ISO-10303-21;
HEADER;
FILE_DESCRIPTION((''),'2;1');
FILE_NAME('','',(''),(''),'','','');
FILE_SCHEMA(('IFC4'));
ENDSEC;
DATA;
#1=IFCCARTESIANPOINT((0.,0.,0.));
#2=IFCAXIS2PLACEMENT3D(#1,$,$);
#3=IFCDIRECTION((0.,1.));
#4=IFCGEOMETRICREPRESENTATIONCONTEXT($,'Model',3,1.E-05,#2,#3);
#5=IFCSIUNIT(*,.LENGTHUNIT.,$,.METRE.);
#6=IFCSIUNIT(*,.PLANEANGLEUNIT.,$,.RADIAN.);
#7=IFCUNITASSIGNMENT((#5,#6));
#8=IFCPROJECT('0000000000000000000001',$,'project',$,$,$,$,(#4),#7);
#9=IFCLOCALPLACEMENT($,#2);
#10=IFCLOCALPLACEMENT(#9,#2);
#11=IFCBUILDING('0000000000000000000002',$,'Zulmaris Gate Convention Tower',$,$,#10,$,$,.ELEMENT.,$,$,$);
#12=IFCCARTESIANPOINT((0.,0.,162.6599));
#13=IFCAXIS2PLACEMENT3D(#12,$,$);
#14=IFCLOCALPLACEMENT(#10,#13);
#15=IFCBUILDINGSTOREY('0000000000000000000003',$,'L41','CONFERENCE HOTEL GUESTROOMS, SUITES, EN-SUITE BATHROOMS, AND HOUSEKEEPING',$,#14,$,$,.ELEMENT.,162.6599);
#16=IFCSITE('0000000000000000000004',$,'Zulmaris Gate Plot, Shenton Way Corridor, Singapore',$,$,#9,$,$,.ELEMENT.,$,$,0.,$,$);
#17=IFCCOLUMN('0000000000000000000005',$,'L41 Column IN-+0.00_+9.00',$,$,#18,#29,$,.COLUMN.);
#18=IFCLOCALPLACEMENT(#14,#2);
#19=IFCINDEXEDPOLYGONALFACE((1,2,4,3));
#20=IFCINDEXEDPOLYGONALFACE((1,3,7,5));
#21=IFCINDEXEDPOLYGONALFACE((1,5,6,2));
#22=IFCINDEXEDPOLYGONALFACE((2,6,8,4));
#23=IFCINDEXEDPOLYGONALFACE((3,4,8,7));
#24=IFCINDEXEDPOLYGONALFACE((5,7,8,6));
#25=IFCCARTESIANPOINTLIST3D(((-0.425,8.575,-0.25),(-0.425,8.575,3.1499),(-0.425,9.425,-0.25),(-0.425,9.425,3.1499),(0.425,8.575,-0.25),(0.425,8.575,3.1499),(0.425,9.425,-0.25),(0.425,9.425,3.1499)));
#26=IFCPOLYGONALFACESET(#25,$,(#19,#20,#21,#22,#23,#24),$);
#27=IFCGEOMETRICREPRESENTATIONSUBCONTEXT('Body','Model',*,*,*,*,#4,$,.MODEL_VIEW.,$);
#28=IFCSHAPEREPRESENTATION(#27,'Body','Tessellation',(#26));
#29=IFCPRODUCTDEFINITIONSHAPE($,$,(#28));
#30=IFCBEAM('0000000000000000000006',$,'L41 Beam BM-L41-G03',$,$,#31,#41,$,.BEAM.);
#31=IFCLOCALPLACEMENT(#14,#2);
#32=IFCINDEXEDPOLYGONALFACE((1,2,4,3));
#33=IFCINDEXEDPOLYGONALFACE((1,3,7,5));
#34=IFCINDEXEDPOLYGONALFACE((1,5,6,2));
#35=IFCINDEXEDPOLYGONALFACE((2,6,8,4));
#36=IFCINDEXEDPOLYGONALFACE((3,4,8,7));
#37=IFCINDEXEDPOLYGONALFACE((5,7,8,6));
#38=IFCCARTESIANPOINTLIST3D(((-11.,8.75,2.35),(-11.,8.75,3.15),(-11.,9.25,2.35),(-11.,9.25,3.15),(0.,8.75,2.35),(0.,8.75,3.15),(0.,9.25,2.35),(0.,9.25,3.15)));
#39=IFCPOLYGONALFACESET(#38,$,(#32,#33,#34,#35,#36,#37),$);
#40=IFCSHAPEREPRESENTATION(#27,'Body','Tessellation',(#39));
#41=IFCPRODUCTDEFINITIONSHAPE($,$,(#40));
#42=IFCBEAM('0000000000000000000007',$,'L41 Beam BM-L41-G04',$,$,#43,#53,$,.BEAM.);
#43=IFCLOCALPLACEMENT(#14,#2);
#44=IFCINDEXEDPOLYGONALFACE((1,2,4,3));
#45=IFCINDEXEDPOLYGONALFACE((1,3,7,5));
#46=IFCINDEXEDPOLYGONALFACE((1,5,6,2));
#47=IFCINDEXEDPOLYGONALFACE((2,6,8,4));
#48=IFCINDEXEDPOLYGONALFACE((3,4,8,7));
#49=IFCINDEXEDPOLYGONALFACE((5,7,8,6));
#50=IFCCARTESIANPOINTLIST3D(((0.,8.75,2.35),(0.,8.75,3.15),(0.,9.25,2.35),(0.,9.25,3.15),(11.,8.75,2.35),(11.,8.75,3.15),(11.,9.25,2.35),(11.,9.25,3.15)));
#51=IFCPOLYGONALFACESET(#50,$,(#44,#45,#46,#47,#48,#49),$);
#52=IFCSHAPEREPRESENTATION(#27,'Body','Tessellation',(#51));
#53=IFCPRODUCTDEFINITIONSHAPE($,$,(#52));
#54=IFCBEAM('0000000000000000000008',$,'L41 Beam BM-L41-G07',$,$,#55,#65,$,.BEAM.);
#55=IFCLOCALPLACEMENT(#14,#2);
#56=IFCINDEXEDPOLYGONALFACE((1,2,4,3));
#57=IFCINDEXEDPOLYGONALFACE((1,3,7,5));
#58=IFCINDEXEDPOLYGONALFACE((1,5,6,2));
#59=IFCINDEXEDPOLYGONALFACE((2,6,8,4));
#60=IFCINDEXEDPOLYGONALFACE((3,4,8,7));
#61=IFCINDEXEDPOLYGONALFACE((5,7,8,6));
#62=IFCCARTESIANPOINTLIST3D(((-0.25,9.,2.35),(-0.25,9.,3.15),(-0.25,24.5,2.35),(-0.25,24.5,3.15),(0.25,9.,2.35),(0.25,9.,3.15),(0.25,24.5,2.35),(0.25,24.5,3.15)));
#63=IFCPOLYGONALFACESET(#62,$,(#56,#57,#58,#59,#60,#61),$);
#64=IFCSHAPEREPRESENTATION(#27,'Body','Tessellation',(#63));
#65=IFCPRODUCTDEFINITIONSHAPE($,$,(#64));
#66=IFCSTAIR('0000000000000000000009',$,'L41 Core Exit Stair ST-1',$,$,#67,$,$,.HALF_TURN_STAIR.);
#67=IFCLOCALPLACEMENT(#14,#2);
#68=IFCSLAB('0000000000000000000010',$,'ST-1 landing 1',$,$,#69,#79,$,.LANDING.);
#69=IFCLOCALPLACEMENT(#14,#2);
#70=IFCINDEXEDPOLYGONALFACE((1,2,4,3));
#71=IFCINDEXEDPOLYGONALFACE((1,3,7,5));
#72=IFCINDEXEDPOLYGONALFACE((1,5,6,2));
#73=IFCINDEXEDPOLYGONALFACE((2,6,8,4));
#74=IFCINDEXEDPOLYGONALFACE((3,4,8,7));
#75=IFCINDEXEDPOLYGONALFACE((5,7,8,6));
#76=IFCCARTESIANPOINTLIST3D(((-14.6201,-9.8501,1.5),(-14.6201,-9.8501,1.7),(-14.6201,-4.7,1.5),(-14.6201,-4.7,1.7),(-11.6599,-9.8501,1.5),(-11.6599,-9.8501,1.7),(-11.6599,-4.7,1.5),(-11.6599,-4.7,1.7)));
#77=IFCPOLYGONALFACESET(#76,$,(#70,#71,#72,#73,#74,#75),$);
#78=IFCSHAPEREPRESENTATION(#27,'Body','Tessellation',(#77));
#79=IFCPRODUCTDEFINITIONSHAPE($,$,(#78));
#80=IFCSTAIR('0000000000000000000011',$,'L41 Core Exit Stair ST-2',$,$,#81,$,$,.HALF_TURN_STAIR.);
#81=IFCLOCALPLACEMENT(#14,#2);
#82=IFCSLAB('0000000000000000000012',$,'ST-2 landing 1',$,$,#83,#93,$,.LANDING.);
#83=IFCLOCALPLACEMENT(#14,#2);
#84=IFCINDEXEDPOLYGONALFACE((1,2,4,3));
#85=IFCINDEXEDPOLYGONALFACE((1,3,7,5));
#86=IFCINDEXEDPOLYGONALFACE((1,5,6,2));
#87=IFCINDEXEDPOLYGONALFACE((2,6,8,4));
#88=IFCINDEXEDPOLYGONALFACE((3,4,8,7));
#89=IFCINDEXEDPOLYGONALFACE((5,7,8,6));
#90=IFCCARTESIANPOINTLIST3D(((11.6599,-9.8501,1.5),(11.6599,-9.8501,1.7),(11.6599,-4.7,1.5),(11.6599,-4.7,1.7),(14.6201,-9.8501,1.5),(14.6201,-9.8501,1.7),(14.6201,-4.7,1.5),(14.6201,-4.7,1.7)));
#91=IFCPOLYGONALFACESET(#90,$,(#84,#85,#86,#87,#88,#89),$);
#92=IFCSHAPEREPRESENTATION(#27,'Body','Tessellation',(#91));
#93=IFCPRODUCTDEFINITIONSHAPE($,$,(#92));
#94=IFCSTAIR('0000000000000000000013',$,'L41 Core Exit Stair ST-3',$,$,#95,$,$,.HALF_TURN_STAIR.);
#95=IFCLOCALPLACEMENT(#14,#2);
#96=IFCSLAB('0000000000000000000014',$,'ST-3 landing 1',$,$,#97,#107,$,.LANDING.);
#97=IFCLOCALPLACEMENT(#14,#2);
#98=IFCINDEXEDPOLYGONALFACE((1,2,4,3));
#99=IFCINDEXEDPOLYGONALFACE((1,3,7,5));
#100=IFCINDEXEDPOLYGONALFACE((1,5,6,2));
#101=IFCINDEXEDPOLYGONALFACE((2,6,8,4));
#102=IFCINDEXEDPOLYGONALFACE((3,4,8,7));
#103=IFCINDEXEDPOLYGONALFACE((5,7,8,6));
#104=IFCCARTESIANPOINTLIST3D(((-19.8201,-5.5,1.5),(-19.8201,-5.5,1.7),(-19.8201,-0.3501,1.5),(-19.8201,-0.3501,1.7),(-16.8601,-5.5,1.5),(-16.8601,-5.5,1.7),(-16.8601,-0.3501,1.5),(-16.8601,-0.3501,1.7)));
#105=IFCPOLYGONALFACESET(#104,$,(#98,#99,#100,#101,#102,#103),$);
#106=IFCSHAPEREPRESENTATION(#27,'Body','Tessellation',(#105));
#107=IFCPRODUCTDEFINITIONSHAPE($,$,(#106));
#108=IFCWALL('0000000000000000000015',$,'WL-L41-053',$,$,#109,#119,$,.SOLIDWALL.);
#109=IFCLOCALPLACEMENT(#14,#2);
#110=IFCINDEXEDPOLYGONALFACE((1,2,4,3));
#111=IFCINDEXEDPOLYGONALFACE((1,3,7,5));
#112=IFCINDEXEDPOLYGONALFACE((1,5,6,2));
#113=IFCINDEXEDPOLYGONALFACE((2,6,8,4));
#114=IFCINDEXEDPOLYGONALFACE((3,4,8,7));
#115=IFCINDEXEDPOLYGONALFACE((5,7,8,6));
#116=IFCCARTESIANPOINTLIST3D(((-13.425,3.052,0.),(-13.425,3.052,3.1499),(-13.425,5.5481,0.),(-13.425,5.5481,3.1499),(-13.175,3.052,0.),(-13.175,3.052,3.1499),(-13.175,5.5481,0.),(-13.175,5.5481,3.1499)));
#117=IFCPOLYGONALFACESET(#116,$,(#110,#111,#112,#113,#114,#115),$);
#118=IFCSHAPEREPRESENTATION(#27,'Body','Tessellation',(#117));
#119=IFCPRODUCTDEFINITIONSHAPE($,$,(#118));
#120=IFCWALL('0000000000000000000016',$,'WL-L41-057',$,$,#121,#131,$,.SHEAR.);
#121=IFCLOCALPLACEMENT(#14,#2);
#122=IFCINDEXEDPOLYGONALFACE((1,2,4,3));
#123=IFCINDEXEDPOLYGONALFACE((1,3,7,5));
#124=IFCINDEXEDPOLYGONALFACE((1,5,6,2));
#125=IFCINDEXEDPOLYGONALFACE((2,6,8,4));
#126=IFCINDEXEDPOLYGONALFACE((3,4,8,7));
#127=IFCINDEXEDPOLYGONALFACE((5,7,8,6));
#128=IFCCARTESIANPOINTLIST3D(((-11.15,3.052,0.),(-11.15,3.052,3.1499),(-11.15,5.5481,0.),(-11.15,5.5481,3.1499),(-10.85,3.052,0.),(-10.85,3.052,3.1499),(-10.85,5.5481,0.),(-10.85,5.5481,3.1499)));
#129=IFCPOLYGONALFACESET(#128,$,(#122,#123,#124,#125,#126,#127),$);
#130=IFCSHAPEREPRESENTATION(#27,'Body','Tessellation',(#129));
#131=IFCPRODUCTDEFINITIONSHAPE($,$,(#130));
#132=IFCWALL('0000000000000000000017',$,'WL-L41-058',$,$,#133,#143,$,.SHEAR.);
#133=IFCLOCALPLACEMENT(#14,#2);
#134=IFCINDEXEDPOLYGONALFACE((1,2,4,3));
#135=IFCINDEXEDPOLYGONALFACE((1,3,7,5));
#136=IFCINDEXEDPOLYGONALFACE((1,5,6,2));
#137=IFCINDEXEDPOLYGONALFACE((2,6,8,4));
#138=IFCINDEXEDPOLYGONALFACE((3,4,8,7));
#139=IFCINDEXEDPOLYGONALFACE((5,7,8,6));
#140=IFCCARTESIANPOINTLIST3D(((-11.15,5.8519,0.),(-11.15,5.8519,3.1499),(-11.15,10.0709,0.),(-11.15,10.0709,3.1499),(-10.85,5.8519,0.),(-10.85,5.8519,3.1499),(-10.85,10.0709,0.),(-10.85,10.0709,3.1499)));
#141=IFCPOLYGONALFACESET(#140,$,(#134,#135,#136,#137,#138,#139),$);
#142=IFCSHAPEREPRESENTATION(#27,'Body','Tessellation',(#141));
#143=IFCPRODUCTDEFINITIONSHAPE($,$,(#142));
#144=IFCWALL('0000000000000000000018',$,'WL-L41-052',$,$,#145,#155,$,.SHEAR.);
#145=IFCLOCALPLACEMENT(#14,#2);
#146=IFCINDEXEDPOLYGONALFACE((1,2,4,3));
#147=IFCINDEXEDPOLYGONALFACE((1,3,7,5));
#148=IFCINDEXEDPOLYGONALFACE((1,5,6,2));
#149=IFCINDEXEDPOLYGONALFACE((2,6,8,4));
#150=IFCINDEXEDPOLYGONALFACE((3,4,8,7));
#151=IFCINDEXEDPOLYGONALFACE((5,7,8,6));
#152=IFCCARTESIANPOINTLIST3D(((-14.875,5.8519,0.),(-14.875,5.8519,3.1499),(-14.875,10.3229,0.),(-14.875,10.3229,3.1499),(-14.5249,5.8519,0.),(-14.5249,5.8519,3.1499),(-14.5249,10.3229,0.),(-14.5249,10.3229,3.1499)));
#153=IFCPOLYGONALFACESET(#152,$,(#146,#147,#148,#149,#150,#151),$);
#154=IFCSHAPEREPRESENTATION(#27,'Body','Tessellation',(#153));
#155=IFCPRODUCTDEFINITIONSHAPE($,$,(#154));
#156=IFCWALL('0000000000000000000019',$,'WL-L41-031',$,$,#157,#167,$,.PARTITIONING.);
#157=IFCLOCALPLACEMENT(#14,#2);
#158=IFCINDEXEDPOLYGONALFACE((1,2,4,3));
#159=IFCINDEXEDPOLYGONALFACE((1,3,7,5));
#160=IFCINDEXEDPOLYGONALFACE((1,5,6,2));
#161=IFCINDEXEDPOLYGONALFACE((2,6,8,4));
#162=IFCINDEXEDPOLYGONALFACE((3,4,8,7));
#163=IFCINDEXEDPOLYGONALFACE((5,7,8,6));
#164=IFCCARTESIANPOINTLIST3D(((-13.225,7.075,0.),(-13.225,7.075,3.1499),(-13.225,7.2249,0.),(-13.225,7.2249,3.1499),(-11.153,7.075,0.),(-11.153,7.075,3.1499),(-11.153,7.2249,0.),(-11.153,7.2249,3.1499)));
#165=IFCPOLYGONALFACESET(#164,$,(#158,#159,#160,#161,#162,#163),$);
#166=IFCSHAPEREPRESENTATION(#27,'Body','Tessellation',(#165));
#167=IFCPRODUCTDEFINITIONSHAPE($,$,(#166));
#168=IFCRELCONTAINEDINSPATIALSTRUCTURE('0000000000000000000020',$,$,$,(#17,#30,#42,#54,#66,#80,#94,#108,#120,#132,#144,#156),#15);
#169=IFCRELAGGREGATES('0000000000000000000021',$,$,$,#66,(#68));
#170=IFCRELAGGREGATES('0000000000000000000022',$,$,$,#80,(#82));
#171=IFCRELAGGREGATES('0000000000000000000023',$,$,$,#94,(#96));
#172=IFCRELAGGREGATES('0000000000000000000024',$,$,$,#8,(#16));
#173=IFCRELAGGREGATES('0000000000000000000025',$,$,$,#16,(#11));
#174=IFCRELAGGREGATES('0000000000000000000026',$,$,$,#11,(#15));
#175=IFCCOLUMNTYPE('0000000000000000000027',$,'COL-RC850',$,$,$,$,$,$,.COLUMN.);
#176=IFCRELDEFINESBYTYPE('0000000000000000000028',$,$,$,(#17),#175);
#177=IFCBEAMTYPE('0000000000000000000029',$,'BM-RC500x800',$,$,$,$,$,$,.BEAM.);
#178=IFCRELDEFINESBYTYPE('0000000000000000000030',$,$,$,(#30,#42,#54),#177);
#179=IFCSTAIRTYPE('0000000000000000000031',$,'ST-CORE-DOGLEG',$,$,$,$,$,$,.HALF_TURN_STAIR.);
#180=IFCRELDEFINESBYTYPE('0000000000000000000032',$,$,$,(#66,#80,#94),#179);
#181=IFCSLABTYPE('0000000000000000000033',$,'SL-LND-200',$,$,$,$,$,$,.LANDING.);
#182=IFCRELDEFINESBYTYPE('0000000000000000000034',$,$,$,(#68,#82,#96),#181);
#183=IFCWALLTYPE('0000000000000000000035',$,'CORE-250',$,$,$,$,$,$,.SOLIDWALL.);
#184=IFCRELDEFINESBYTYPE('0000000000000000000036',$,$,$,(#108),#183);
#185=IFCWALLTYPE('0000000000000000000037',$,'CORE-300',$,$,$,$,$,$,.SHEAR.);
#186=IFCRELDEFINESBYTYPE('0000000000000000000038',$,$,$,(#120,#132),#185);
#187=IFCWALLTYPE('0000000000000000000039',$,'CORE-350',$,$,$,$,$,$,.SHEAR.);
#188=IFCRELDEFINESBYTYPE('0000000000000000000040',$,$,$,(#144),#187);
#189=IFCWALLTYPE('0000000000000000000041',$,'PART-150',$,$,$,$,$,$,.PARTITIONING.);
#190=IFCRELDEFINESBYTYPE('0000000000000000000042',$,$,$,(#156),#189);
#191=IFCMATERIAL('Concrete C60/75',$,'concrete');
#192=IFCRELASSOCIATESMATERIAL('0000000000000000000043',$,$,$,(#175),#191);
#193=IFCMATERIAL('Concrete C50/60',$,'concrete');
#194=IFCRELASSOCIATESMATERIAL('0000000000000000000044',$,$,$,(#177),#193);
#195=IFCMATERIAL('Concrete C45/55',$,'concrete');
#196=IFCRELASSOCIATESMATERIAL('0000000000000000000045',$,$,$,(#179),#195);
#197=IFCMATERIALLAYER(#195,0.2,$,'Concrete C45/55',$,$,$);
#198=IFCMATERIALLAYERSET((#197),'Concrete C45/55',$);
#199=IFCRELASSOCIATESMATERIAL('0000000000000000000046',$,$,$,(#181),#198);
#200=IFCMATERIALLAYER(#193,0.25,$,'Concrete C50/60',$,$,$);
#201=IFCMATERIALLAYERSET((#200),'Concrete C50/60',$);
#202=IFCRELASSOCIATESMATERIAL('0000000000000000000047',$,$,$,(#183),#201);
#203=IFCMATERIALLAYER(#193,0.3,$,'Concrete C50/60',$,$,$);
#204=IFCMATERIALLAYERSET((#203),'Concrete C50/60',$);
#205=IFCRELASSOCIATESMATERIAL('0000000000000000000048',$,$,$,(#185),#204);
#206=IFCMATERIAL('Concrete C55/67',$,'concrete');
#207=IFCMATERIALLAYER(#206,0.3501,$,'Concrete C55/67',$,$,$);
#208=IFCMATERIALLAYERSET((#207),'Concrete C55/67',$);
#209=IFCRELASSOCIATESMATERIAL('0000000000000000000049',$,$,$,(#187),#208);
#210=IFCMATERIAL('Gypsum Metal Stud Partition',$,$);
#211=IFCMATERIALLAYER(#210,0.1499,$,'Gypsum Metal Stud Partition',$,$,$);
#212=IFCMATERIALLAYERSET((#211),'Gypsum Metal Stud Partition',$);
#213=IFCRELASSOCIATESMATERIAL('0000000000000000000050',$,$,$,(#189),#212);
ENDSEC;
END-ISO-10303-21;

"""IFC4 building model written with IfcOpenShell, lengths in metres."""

from ifc_helpers import new_model, si_unit, direction, frame, frame_2d, origin, origin_2d, place, context, subcontext, project, spatial, polyline, rectangle, outline, extrude, material, layer, layer_set, material_profile, profile_set, type_object, element, aggregate, save


model = new_model("IFC4")

# Units and contexts
model_context = context("Model", 3, precision=1e-05, world=origin(), true_north=direction((0.0, 1.0)))
body_context = subcontext(model_context, "Body", "Model", "MODEL_VIEW")
ifc_project = project(units=[si_unit("LENGTHUNIT", "METRE"), si_unit("PLANEANGLEUNIT", "RADIAN")], contexts=[model_context])

# Site, building, storey
site_placement = place(None, origin())
site = spatial("IfcSite", under=ifc_project, at=site_placement, Name="Zulmaris Gate Plot, Shenton Way Corridor, Singapore", CompositionType="ELEMENT", RefElevation=0.0)
building_placement = place(site_placement, origin())
building = spatial("IfcBuilding", under=site, at=building_placement, Name="Zulmaris Gate Convention Tower", CompositionType="ELEMENT")
storey_placement = place(building_placement, frame((0.0, 0.0, 162.6599)))
storey = spatial("IfcBuildingStorey", under=building, at=storey_placement, Name="L41", Description="CONFERENCE HOTEL GUESTROOMS, SUITES, EN-SUITE BATHROOMS, AND HOUSEKEEPING", CompositionType="ELEMENT", Elevation=162.6599)

# Column
ifc_material_1 = material(Name="Concrete C60/75", Category="concrete")
ifc_material_profile_1 = material_profile(ifc_material_1, rectangle(XDim=0.8501, YDim=0.8501, at=origin_2d()), Name="RC COL 850x850")
ifc_profile_set_1 = profile_set([ifc_material_profile_1], Name="Concrete C60/75")
column_type = type_object("IfcColumnType", Name="COL-RC850", PredefinedType="COLUMN", material=ifc_profile_set_1)
column_placement = place(storey_placement, frame((0.0, 9.0, -0.25), z_axis=(0.0, 0.0, 1.0), x_axis=(1.0, 0.0, 0.0)))
element("IfcColumn", 1, at=column_placement, inside=storey, type_object=column_type, Name="L41 Column IN-+0.00_+9.00", PredefinedType="COLUMN", context=body_context, shape_type="SweptSolid", body=[
    extrude(rectangle(XDim=0.8501, YDim=0.8501, at=origin_2d()), origin(), (0.0, 0.0, 1.0), 3.3999),
])

# Beams
ifc_material_2 = material(Name="Concrete C50/60", Category="concrete")
ifc_material_profile_2 = material_profile(ifc_material_2, rectangle(XDim=0.5, YDim=0.8, at=origin_2d()), Name="RC BEAM 500x800")
ifc_profile_set_2 = profile_set([ifc_material_profile_2], Name="Concrete C50/60")
beam_type = type_object("IfcBeamType", Name="BM-RC500x800", PredefinedType="BEAM", material=ifc_profile_set_2)
for number, where, z_axis, x_axis, name in (
    (2, (-11.0, 9.0, 2.75), (1.0, 0.0, 0.0), (0.0, 1.0, 0.0), "L41 Beam BM-L41-G03"),
    (3, (0.0, 9.0, 2.75), (1.0, 0.0, 0.0), (0.0, 1.0, 0.0), "L41 Beam BM-L41-G04"),
):
    element("IfcBeam", number, at=place(storey_placement, frame(where, z_axis=z_axis, x_axis=x_axis)), inside=storey, type_object=beam_type, Name=name, PredefinedType="BEAM", context=body_context, shape_type="SweptSolid", body=[
        extrude(rectangle(XDim=0.5, YDim=0.8, at=origin_2d()), origin(), (0.0, 0.0, 1.0), 11.0),
    ])
beam_placement = place(storey_placement, frame((0.0, 9.0, 2.75), z_axis=(0.0, 1.0, 0.0), x_axis=(-1.0, 0.0, 0.0)))
element("IfcBeam", 4, at=beam_placement, inside=storey, type_object=beam_type, Name="L41 Beam BM-L41-G07", PredefinedType="BEAM", context=body_context, shape_type="SweptSolid", body=[
    extrude(rectangle(XDim=0.5, YDim=0.8, at=origin_2d()), origin(), (0.0, 0.0, 1.0), 15.5),
])

# Stairs, slabs
ifc_material_3 = material(Name="Concrete C45/55", Category="concrete")
stair_type = type_object("IfcStairType", Name="ST-CORE-DOGLEG", PredefinedType="HALF_TURN_STAIR", material=ifc_material_3)
stair_1_placement = place(storey_placement, origin())
stair_1 = element("IfcStair", 5, at=stair_1_placement, inside=storey, type_object=stair_type, Name="L41 Core Exit Stair ST-1", PredefinedType="HALF_TURN_STAIR")
ifc_layer_1 = layer(ifc_material_3, 0.2, Name="Concrete C45/55")
ifc_layer_set_1 = layer_set([ifc_layer_1], Name="Concrete C45/55")
slab_type = type_object("IfcSlabType", Name="SL-LND-200", PredefinedType="LANDING", material=ifc_layer_set_1)
slab_1_placement = place(storey_placement, frame((0.0, 0.0, 1.5)))
slab_1 = element("IfcSlab", 6, at=slab_1_placement, type_object=slab_type, Name="ST-1 landing 1", PredefinedType="LANDING", context=body_context, shape_type="SweptSolid", body=[
    extrude(outline(polyline([(-14.6201, -4.7), (-14.6201, -9.8501), (-11.6599, -9.8501), (-11.6599, -4.7), (-14.6201, -4.7)])), origin(), (0.0, 0.0, 1.0), 0.2),
])
aggregate(stair_1, [slab_1])
stair_2_placement = place(storey_placement, origin())
stair_2 = element("IfcStair", 7, at=stair_2_placement, inside=storey, type_object=stair_type, Name="L41 Core Exit Stair ST-2", PredefinedType="HALF_TURN_STAIR")
slab_2_placement = place(storey_placement, frame((0.0, 0.0, 1.5)))
slab_2 = element("IfcSlab", 8, at=slab_2_placement, type_object=slab_type, Name="ST-2 landing 1", PredefinedType="LANDING", context=body_context, shape_type="SweptSolid", body=[
    extrude(outline(polyline([(11.6599, -4.7), (11.6599, -9.8501), (14.6201, -9.8501), (14.6201, -4.7), (11.6599, -4.7)])), origin(), (0.0, 0.0, 1.0), 0.2),
])
aggregate(stair_2, [slab_2])
stair_3_placement = place(storey_placement, origin())
stair_3 = element("IfcStair", 9, at=stair_3_placement, inside=storey, type_object=stair_type, Name="L41 Core Exit Stair ST-3", PredefinedType="HALF_TURN_STAIR")
slab_3_placement = place(storey_placement, frame((0.0, 0.0, 1.5)))
slab_3 = element("IfcSlab", 10, at=slab_3_placement, type_object=slab_type, Name="ST-3 landing 1", PredefinedType="LANDING", context=body_context, shape_type="SweptSolid", body=[
    extrude(outline(polyline([(-16.8601, -5.5), (-16.8601, -0.3501), (-19.8201, -0.3501), (-19.8201, -5.5), (-16.8601, -5.5)])), origin(), (0.0, 0.0, 1.0), 0.2),
])
aggregate(stair_3, [slab_3])

# Wall
ifc_layer_2 = layer(ifc_material_2, 0.25, Name="Concrete C50/60")
ifc_layer_set_2 = layer_set([ifc_layer_2], Name="Concrete C50/60")
wall_type_1 = type_object("IfcWallType", Name="CORE-250", PredefinedType="SOLIDWALL", material=ifc_layer_set_2)
wall_1_placement = place(storey_placement, frame((-13.3, 3.052, 0.0), z_axis=(0.0, 0.0, 1.0), x_axis=(0.0, 1.0, 0.0)))
element("IfcWall", 11, at=wall_1_placement, inside=storey, type_object=wall_type_1, Name="WL-L41-053", PredefinedType="SOLIDWALL", context=body_context, shape_type="SweptSolid", body=[
    extrude(rectangle(XDim=2.4961, YDim=0.25, at=frame_2d((1.248, 0.0))), origin(), (0.0, 0.0, 1.0), 3.1499),
])

# Shared definitions
ifc_layer_3 = layer(ifc_material_2, 0.3, Name="Concrete C50/60")
ifc_layer_set_3 = layer_set([ifc_layer_3], Name="Concrete C50/60")
wall_type_2 = type_object("IfcWallType", Name="CORE-300", PredefinedType="SHEAR", material=ifc_layer_set_3)

# Walls
wall_2_placement = place(storey_placement, frame((-11.0, 3.052, 0.0), z_axis=(0.0, 0.0, 1.0), x_axis=(0.0, 1.0, 0.0)))
element("IfcWall", 12, at=wall_2_placement, inside=storey, type_object=wall_type_2, Name="WL-L41-057", PredefinedType="SHEAR", context=body_context, shape_type="SweptSolid", body=[
    extrude(rectangle(XDim=2.4961, YDim=0.3, at=frame_2d((1.248, 0.0))), origin(), (0.0, 0.0, 1.0), 3.1499),
])
wall_3_placement = place(storey_placement, frame((-11.0, 5.8521, 0.0), z_axis=(0.0, 0.0, 1.0), x_axis=(0.0, 1.0, 0.0)))
element("IfcWall", 13, at=wall_3_placement, inside=storey, type_object=wall_type_2, Name="WL-L41-058", PredefinedType="SHEAR", context=body_context, shape_type="SweptSolid", body=[
    extrude(rectangle(XDim=4.219, YDim=0.3, at=frame_2d((2.1094, 0.0))), origin(), (0.0, 0.0, 1.0), 3.1499),
])
ifc_material_4 = material(Name="Concrete C55/67", Category="concrete")
ifc_layer_4 = layer(ifc_material_4, 0.3501, Name="Concrete C55/67")
ifc_layer_set_4 = layer_set([ifc_layer_4], Name="Concrete C55/67")
wall_type_3 = type_object("IfcWallType", Name="CORE-350", PredefinedType="SHEAR", material=ifc_layer_set_4)
wall_4_placement = place(storey_placement, frame((-14.7, 5.8521, 0.0), z_axis=(0.0, 0.0, 1.0), x_axis=(0.0, 1.0, 0.0)))
element("IfcWall", 14, at=wall_4_placement, inside=storey, type_object=wall_type_3, Name="WL-L41-052", PredefinedType="SHEAR", context=body_context, shape_type="SweptSolid", body=[
    extrude(rectangle(XDim=4.4709, YDim=0.3501, at=frame_2d((2.2354, 0.0))), origin(), (0.0, 0.0, 1.0), 3.1499),
])
ifc_material_5 = material(Name="Gypsum Metal Stud Partition")
ifc_layer_5 = layer(ifc_material_5, 0.1499, Name="Gypsum Metal Stud Partition")
ifc_layer_set_5 = layer_set([ifc_layer_5], Name="Gypsum Metal Stud Partition")
wall_type_4 = type_object("IfcWallType", Name="PART-150", PredefinedType="PARTITIONING", material=ifc_layer_set_5)
wall_5_placement = place(storey_placement, frame((-13.2251, 7.1499, 0.0), z_axis=(0.0, 0.0, 1.0), x_axis=(1.0, 0.0, 0.0)))
element("IfcWall", 15, at=wall_5_placement, inside=storey, type_object=wall_type_4, Name="WL-L41-031", PredefinedType="PARTITIONING", context=body_context, shape_type="SweptSolid", body=[
    extrude(rectangle(XDim=2.072, YDim=0.1499, at=frame_2d((1.0361, 0.0))), origin(), (0.0, 0.0, 1.0), 3.1499),
])

save(model, "model.ifc")
